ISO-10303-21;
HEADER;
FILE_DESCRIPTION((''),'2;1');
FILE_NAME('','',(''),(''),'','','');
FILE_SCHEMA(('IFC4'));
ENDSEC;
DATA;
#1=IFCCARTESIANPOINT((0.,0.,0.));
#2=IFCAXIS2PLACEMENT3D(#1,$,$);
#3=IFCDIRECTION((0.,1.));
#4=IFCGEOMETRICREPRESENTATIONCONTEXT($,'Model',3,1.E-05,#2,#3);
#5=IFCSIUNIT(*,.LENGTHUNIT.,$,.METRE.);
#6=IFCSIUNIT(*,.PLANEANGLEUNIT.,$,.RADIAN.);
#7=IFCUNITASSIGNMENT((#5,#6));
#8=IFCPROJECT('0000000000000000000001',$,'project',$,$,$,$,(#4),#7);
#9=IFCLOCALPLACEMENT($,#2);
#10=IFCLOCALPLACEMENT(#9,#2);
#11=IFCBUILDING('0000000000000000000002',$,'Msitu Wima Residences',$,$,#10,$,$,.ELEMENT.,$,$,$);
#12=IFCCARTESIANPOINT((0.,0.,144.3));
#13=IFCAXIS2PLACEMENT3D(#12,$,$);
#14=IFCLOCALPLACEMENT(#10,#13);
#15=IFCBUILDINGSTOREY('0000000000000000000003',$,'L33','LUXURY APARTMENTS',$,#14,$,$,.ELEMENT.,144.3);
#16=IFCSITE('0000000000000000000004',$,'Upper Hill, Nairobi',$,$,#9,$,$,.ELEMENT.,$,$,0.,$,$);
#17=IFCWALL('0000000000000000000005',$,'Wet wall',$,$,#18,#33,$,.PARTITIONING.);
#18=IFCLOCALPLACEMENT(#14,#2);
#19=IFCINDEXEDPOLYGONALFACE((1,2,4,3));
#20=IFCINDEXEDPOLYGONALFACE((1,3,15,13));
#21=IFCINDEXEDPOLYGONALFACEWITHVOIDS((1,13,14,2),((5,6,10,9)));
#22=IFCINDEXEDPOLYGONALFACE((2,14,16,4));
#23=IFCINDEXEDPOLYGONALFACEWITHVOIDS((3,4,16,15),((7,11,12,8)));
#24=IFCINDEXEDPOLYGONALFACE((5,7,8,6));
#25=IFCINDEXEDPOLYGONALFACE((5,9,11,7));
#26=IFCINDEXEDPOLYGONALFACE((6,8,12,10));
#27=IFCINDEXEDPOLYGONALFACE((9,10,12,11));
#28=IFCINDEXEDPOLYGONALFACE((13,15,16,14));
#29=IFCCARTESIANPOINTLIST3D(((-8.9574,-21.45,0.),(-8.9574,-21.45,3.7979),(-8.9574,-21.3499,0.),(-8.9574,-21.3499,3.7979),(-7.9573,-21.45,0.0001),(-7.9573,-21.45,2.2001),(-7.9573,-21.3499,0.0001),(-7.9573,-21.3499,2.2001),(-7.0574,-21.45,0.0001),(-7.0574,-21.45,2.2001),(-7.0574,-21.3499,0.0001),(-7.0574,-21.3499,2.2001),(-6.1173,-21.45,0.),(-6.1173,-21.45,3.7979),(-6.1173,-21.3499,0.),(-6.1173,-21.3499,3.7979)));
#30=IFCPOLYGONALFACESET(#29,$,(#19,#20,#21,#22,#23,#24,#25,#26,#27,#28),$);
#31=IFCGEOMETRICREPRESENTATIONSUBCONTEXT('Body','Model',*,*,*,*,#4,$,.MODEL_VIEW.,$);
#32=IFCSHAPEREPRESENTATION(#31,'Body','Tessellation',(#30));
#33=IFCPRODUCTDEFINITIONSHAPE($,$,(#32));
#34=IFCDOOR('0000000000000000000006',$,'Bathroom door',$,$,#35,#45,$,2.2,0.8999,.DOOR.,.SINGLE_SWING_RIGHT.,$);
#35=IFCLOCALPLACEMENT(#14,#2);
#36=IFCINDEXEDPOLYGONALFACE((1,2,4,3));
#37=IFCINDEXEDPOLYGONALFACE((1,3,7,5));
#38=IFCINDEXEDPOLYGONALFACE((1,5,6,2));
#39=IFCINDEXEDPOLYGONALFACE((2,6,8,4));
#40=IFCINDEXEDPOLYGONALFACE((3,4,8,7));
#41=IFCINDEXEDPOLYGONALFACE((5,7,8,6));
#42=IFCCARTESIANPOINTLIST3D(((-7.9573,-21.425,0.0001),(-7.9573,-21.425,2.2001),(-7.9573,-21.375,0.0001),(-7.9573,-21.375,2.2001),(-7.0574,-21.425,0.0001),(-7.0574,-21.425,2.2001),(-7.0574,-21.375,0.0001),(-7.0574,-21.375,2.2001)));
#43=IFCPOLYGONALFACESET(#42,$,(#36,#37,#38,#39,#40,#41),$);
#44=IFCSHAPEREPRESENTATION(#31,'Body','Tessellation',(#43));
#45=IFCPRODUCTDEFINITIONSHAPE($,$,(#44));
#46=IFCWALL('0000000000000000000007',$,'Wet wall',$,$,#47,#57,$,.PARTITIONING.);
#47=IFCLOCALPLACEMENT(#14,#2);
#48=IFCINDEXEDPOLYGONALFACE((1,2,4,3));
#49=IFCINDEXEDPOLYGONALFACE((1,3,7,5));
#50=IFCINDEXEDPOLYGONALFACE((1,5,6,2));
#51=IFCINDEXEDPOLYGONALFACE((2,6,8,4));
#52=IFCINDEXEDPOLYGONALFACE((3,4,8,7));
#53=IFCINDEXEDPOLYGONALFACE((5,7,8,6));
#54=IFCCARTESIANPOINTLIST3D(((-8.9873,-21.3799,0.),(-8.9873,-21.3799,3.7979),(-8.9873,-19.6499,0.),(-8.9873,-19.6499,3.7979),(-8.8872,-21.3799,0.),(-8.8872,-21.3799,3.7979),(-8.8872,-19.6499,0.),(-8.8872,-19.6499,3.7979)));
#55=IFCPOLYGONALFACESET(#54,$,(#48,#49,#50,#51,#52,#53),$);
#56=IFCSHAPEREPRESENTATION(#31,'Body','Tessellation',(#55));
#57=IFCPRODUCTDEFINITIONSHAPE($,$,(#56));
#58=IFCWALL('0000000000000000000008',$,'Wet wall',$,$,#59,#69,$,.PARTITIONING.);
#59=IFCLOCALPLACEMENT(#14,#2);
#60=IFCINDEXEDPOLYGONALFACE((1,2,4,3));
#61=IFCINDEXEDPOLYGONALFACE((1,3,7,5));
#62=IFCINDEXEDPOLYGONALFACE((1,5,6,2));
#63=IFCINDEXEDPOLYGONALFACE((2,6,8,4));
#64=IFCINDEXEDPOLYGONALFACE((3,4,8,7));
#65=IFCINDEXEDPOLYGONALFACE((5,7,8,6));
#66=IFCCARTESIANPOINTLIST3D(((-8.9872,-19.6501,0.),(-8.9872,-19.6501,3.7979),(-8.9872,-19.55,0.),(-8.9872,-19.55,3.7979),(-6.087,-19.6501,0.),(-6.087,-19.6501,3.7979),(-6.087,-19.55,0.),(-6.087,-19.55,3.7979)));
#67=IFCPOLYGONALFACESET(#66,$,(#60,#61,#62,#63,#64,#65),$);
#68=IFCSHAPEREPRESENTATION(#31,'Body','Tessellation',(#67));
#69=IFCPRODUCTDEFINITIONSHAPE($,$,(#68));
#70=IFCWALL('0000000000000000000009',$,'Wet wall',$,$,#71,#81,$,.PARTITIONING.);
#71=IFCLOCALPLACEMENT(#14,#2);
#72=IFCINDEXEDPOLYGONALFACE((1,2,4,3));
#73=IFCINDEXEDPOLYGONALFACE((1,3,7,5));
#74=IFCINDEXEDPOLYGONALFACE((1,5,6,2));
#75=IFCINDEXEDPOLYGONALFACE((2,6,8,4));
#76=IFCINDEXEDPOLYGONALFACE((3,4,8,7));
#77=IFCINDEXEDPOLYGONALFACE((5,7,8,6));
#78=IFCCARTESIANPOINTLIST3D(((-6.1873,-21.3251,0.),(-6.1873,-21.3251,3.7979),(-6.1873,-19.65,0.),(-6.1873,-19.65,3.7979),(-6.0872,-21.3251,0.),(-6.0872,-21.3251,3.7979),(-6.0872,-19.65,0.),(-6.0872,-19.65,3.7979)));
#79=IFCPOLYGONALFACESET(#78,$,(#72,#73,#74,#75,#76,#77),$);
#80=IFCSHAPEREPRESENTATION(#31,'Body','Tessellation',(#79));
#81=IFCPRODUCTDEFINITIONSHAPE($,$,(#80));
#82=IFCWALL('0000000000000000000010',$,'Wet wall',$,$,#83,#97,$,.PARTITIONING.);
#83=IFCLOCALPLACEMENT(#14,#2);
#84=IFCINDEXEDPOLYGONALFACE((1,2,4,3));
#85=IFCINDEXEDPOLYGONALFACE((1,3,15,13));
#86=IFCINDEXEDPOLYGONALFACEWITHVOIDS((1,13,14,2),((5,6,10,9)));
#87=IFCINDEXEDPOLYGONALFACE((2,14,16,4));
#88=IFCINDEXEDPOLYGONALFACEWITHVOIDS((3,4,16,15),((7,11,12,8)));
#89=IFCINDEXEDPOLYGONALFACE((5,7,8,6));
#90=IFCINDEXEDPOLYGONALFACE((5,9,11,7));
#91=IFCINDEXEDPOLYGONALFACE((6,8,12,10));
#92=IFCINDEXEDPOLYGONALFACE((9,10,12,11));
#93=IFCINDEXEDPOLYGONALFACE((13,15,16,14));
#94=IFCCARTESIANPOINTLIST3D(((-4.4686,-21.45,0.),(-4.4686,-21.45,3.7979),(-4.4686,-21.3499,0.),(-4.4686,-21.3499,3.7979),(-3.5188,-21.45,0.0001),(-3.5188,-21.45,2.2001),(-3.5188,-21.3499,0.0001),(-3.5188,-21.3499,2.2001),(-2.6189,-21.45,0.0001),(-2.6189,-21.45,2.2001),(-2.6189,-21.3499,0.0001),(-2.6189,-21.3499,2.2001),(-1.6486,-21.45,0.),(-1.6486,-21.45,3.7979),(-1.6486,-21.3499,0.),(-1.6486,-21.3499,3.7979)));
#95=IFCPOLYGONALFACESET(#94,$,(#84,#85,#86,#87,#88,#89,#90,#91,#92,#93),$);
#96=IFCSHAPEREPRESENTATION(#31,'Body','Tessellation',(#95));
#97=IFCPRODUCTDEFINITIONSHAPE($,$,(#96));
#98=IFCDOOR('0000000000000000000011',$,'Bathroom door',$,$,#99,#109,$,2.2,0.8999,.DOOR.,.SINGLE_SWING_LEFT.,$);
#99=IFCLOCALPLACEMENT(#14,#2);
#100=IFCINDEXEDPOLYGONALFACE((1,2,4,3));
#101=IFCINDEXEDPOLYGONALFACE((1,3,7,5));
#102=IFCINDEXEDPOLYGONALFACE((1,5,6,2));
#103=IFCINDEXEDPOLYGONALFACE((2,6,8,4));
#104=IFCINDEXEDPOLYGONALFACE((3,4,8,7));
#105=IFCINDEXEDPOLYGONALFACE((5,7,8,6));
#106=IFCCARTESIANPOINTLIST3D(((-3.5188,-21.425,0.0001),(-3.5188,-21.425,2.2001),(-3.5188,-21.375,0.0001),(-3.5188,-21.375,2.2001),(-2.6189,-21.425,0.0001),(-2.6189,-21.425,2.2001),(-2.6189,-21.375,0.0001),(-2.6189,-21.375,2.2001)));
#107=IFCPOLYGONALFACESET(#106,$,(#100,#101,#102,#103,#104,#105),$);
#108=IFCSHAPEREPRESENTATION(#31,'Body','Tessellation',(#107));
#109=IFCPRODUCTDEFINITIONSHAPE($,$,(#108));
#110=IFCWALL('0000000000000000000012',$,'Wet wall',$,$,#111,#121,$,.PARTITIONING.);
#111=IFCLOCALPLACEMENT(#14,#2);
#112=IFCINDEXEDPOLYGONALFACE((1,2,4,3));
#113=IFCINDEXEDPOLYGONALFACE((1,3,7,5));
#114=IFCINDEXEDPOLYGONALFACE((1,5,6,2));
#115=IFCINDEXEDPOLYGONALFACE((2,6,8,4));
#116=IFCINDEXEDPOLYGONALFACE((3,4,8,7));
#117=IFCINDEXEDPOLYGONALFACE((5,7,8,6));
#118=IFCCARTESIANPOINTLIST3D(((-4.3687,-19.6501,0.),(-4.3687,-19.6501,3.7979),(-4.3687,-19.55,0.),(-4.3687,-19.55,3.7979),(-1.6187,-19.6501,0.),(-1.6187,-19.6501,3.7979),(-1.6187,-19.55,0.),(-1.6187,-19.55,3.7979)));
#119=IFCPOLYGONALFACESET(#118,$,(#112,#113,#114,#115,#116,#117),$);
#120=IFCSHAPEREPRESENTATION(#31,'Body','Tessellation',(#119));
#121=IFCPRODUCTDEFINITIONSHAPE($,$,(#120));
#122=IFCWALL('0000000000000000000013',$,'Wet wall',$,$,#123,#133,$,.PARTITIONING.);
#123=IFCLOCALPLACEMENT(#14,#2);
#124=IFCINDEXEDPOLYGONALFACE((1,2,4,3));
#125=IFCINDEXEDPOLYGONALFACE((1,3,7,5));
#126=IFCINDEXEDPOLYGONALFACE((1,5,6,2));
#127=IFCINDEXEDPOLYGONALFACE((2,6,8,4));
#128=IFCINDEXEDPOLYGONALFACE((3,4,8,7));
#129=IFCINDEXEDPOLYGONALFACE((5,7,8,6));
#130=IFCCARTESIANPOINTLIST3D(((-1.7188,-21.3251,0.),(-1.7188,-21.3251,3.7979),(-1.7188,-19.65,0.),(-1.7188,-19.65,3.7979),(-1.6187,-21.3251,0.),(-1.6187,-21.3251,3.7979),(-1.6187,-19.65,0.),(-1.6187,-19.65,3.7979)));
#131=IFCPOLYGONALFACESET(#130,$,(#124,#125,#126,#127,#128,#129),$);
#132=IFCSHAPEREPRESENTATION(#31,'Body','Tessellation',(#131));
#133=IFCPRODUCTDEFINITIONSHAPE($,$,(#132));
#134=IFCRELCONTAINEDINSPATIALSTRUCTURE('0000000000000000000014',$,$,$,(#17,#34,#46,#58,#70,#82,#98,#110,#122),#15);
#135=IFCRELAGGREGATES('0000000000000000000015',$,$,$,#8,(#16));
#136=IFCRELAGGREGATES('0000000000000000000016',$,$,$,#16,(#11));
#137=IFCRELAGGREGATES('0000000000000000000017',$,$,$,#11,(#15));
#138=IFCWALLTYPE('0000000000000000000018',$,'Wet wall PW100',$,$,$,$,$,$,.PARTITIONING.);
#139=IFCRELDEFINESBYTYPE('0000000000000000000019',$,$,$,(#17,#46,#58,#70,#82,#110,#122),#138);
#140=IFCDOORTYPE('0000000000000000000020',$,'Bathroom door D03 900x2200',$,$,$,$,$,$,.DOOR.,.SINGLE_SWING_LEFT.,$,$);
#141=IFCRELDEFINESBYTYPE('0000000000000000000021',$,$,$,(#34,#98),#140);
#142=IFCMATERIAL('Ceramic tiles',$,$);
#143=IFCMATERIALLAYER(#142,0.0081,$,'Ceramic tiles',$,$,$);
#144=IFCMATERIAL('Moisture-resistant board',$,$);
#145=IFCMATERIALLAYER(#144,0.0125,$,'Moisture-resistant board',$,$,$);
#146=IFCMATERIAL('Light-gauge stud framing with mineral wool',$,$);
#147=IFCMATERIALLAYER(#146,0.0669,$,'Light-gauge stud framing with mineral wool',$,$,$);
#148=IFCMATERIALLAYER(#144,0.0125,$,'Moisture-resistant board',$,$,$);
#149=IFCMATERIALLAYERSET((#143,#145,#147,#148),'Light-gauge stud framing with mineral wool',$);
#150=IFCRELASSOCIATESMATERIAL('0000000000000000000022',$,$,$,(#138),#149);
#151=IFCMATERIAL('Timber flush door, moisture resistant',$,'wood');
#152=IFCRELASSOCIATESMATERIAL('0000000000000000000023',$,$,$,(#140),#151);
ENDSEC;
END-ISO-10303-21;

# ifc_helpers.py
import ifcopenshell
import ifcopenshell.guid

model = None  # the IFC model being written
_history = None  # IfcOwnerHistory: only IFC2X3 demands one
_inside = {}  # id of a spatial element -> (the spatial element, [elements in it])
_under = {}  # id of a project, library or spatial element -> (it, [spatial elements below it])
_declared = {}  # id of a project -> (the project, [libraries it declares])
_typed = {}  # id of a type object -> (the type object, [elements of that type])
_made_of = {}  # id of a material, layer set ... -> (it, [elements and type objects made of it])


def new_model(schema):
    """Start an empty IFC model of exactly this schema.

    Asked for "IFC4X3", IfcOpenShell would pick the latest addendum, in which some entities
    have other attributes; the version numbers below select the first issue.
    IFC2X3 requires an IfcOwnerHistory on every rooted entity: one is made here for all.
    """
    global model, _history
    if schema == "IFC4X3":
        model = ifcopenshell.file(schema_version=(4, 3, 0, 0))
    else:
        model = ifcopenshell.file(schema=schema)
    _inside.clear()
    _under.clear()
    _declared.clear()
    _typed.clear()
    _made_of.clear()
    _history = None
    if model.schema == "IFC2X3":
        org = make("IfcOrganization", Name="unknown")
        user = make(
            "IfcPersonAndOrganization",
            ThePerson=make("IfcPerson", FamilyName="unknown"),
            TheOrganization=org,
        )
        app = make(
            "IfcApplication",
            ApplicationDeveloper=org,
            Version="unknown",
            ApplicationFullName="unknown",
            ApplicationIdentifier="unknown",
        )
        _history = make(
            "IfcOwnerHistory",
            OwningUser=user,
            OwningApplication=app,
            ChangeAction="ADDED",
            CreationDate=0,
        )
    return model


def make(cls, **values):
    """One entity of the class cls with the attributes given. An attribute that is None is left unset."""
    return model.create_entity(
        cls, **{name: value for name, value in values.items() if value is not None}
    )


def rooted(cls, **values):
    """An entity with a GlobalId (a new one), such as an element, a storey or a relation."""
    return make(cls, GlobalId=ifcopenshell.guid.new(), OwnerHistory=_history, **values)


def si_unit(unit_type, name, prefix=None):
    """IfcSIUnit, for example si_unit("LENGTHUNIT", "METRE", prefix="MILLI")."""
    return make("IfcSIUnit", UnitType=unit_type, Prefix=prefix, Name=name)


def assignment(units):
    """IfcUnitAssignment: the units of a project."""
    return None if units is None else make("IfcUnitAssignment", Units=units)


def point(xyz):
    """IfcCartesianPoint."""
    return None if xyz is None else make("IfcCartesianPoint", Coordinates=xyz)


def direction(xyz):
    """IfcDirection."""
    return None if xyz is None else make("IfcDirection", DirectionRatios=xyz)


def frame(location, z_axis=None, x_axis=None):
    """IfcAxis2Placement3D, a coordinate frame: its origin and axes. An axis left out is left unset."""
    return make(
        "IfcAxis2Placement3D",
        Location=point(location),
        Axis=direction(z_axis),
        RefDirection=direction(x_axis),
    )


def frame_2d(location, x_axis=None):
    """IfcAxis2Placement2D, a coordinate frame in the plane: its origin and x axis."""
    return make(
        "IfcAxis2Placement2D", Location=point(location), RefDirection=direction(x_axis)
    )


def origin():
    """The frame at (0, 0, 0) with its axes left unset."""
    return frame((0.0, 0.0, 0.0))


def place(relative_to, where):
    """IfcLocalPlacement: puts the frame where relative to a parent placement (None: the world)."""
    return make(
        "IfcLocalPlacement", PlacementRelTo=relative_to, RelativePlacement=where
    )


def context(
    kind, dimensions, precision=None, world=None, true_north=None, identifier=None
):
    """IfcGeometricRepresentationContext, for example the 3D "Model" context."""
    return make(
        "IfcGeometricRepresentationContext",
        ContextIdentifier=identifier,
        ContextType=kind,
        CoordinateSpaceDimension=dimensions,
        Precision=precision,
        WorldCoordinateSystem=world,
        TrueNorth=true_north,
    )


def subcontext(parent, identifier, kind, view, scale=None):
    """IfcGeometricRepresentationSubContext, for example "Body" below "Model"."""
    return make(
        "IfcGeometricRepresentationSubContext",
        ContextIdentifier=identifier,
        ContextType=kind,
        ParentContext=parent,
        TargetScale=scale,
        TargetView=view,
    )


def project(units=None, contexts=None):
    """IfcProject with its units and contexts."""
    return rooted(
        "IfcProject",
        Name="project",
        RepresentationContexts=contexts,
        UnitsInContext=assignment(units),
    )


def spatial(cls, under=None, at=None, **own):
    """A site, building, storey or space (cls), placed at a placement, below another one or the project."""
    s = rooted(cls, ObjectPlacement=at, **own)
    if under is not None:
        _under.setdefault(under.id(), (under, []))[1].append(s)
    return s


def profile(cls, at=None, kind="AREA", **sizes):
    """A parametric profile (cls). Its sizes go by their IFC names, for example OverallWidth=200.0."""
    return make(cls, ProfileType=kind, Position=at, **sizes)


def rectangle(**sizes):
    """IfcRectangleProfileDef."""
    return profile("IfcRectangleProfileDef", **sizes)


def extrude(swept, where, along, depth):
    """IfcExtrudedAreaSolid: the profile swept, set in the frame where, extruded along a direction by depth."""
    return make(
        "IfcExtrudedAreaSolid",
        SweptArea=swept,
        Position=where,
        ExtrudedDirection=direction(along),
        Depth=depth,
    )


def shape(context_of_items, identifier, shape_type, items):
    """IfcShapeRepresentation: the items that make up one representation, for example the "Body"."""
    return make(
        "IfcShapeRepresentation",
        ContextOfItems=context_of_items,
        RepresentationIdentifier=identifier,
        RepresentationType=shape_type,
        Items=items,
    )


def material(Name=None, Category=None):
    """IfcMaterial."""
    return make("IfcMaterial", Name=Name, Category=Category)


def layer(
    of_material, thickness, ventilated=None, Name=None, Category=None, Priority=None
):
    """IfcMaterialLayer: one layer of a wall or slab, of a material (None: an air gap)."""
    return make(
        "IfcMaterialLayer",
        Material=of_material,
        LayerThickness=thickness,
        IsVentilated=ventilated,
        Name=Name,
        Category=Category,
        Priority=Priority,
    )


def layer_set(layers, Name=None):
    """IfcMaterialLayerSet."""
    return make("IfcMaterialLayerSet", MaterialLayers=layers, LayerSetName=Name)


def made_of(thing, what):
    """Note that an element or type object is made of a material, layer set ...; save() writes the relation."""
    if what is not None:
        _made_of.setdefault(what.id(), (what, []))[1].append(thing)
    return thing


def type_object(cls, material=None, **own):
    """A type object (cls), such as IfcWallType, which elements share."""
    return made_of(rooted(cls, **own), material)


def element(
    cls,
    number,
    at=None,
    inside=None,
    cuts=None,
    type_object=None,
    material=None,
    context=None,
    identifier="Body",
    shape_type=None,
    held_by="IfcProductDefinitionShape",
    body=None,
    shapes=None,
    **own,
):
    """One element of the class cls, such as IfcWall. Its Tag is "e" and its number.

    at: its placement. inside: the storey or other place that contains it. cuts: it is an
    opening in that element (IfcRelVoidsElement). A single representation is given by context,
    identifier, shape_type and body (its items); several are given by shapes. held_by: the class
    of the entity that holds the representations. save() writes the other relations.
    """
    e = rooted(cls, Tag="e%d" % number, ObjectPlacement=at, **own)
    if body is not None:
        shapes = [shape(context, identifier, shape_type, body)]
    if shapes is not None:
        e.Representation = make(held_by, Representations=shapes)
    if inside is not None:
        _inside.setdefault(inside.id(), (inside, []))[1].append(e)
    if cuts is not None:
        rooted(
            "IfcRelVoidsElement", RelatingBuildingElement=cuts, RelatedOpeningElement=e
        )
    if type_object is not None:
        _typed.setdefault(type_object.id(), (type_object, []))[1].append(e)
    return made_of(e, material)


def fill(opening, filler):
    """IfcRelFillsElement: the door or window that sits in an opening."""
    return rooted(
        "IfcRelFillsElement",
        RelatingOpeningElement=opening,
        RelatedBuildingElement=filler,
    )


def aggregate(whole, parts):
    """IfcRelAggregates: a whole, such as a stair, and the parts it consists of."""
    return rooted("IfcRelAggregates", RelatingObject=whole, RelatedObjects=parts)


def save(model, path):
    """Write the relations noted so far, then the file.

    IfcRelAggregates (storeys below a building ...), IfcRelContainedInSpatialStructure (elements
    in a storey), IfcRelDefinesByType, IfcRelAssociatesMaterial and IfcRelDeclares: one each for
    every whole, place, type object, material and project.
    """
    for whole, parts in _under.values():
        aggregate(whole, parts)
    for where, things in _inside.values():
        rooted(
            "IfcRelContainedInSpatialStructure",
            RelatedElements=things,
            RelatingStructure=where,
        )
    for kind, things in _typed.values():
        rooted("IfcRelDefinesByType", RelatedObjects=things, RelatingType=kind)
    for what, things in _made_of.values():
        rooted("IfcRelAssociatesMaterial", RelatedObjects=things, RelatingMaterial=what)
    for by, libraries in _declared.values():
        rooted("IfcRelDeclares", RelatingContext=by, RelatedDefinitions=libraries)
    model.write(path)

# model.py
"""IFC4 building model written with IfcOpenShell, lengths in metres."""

from ifc_helpers import new_model, si_unit, direction, frame, frame_2d, origin, place, context, subcontext, project, spatial, rectangle, extrude, material, layer, layer_set, type_object, element, fill, save


model = new_model("IFC4")

# Units and contexts
model_context = context("Model", 3, precision=1e-05, world=origin(), true_north=direction((0.0, 1.0)))
body_context = subcontext(model_context, "Body", "Model", "MODEL_VIEW")
ifc_project = project(units=[si_unit("LENGTHUNIT", "METRE"), si_unit("PLANEANGLEUNIT", "RADIAN")], contexts=[model_context])

# Site, building, storey
site_placement = place(None, origin())
site = spatial("IfcSite", under=ifc_project, at=site_placement, Name="Upper Hill, Nairobi", CompositionType="ELEMENT", RefElevation=0.0)
building_placement = place(site_placement, origin())
building = spatial("IfcBuilding", under=site, at=building_placement, Name="Msitu Wima Residences", CompositionType="ELEMENT")
storey_placement = place(building_placement, frame((0.0, 0.0, 144.3)))
storey = spatial("IfcBuildingStorey", under=building, at=storey_placement, Name="L33", Description="LUXURY APARTMENTS", CompositionType="ELEMENT", Elevation=144.3)

# Wall, opening, door
ifc_material_1 = material(Name="Ceramic tiles")
ifc_layer_1 = layer(ifc_material_1, 0.0081, Name="Ceramic tiles")
ifc_material_2 = material(Name="Moisture-resistant board")
ifc_layer_2 = layer(ifc_material_2, 0.0125, Name="Moisture-resistant board")
ifc_material_3 = material(Name="Light-gauge stud framing with mineral wool")
ifc_layer_3 = layer(ifc_material_3, 0.0669, Name="Light-gauge stud framing with mineral wool")
ifc_layer_4 = layer(ifc_material_2, 0.0125, Name="Moisture-resistant board")
ifc_layer_set_1 = layer_set([ifc_layer_1, ifc_layer_2, ifc_layer_3, ifc_layer_4], Name="Light-gauge stud framing with mineral wool")
wall_type_1 = type_object("IfcWallType", Name="Wet wall PW100", PredefinedType="PARTITIONING", material=ifc_layer_set_1)
wall_1_placement = place(storey_placement, frame((-8.9573, -21.3999, 0.0), z_axis=(0.0, 0.0, 1.0), x_axis=(1.0, 0.0, 0.0)))
wall_1 = element("IfcWall", 1, at=wall_1_placement, inside=storey, type_object=wall_type_1, Name="Wet wall", PredefinedType="PARTITIONING", context=body_context, shape_type="SweptSolid", body=[
    extrude(rectangle(XDim=2.8401, YDim=0.1001, at=frame_2d((1.4199, 0.0))), origin(), (0.0, 0.0, 1.0), 3.7979),
])
opening_1_placement = place(wall_1_placement, frame((1.0, 0.0, 0.0)))
opening_1 = element("IfcOpeningElement", 2, at=opening_1_placement, cuts=wall_1, PredefinedType="OPENING", context=body_context, shape_type="SweptSolid", body=[
    extrude(rectangle(XDim=0.8999, YDim=2.2, at=frame_2d((0.45, 1.1001))), frame((0.0, 0.0601, 0.0), z_axis=(0.0, -1.0, 0.0), x_axis=(1.0, 0.0, 0.0)), (0.0, 0.0, 1.0), 0.1201),
])
ifc_material_4 = material(Name="Timber flush door, moisture resistant", Category="wood")
door_type_1 = type_object("IfcDoorType", Name="Bathroom door D03 900x2200", OperationType="SINGLE_SWING_LEFT", PredefinedType="DOOR", material=ifc_material_4)
door_1_placement = place(opening_1_placement, origin())
door_1 = element("IfcDoor", 3, at=door_1_placement, inside=storey, type_object=door_type_1, Name="Bathroom door", OperationType="SINGLE_SWING_RIGHT", OverallHeight=2.2, OverallWidth=0.8999, PredefinedType="DOOR", context=body_context, shape_type="SweptSolid", body=[
    extrude(rectangle(XDim=0.8999, YDim=2.2, at=frame_2d((0.45, 1.1001))), frame((0.0, 0.0249, 0.0), z_axis=(0.0, -1.0, 0.0), x_axis=(1.0, 0.0, 0.0)), (0.0, 0.0, 1.0), 0.05),
])
fill(opening_1, door_1)

# Walls
wall_2_placement = place(storey_placement, frame((-8.9373, -21.3799, 0.0), z_axis=(0.0, 0.0, 1.0), x_axis=(0.0, 1.0, 0.0)))
element("IfcWall", 4, at=wall_2_placement, inside=storey, type_object=wall_type_1, Name="Wet wall", PredefinedType="PARTITIONING", context=body_context, shape_type="SweptSolid", body=[
    extrude(rectangle(XDim=1.73, YDim=0.1001, at=frame_2d((0.865, 0.0))), origin(), (0.0, 0.0, 1.0), 3.7979),
])
wall_3_placement = place(storey_placement, frame((-8.9873, -19.6001, 0.0), z_axis=(0.0, 0.0, 1.0), x_axis=(1.0, 0.0, 0.0)))
element("IfcWall", 5, at=wall_3_placement, inside=storey, type_object=wall_type_1, Name="Wet wall", PredefinedType="PARTITIONING", context=body_context, shape_type="SweptSolid", body=[
    extrude(rectangle(XDim=2.9001, YDim=0.1001, at=frame_2d((1.4502, 0.0))), origin(), (0.0, 0.0, 1.0), 3.7979),
])
wall_4_placement = place(storey_placement, frame((-6.1372, -21.325, 0.0), z_axis=(0.0, 0.0, 1.0), x_axis=(0.0, 1.0, 0.0)))
element("IfcWall", 6, at=wall_4_placement, inside=storey, type_object=wall_type_1, Name="Wet wall", PredefinedType="PARTITIONING", context=body_context, shape_type="SweptSolid", body=[
    extrude(rectangle(XDim=1.675, YDim=0.1001, at=frame_2d((0.8374, 0.0))), origin(), (0.0, 0.0, 1.0), 3.7979),
])

# Wall, opening, door
wall_5_placement = place(storey_placement, frame((-4.4688, -21.3999, 0.0), z_axis=(0.0, 0.0, 1.0), x_axis=(1.0, 0.0, 0.0)))
wall_5 = element("IfcWall", 7, at=wall_5_placement, inside=storey, type_object=wall_type_1, Name="Wet wall", PredefinedType="PARTITIONING", context=body_context, shape_type="SweptSolid", body=[
    extrude(rectangle(XDim=2.8201, YDim=0.1001, at=frame_2d((1.4102, 0.0))), origin(), (0.0, 0.0, 1.0), 3.7979),
])
opening_2_placement = place(wall_5_placement, frame((0.95, 0.0, 0.0)))
opening_2 = element("IfcOpeningElement", 8, at=opening_2_placement, cuts=wall_5, PredefinedType="OPENING", context=body_context, shape_type="SweptSolid", body=[
    extrude(rectangle(XDim=0.8999, YDim=2.2, at=frame_2d((0.45, 1.1001))), frame((0.0, 0.0601, 0.0), z_axis=(0.0, -1.0, 0.0), x_axis=(1.0, 0.0, 0.0)), (0.0, 0.0, 1.0), 0.1201),
])
door_2_placement = place(opening_2_placement, origin())
door_2 = element("IfcDoor", 9, at=door_2_placement, inside=storey, type_object=door_type_1, Name="Bathroom door", OperationType="SINGLE_SWING_LEFT", OverallHeight=2.2, OverallWidth=0.8999, PredefinedType="DOOR", context=body_context, shape_type="SweptSolid", body=[
    extrude(rectangle(XDim=0.8999, YDim=2.2, at=frame_2d((0.45, 1.1001))), frame((0.0, 0.0249, 0.0), z_axis=(0.0, -1.0, 0.0), x_axis=(1.0, 0.0, 0.0)), (0.0, 0.0, 1.0), 0.05),
])
fill(opening_2, door_2)

# Walls
wall_6_placement = place(storey_placement, frame((-4.3687, -19.6001, 0.0), z_axis=(0.0, 0.0, 1.0), x_axis=(1.0, 0.0, 0.0)))
element("IfcWall", 10, at=wall_6_placement, inside=storey, type_object=wall_type_1, Name="Wet wall", PredefinedType="PARTITIONING", context=body_context, shape_type="SweptSolid", body=[
    extrude(rectangle(XDim=2.75, YDim=0.1001, at=frame_2d((1.375, 0.0))), origin(), (0.0, 0.0, 1.0), 3.7979),
])
wall_7_placement = place(storey_placement, frame((-1.6687, -21.325, 0.0), z_axis=(0.0, 0.0, 1.0), x_axis=(0.0, 1.0, 0.0)))
element("IfcWall", 11, at=wall_7_placement, inside=storey, type_object=wall_type_1, Name="Wet wall", PredefinedType="PARTITIONING", context=body_context, shape_type="SweptSolid", body=[
    extrude(rectangle(XDim=1.675, YDim=0.1001, at=frame_2d((0.8374, 0.0))), origin(), (0.0, 0.0, 1.0), 3.7979),
])

save(model, "model.ifc")
